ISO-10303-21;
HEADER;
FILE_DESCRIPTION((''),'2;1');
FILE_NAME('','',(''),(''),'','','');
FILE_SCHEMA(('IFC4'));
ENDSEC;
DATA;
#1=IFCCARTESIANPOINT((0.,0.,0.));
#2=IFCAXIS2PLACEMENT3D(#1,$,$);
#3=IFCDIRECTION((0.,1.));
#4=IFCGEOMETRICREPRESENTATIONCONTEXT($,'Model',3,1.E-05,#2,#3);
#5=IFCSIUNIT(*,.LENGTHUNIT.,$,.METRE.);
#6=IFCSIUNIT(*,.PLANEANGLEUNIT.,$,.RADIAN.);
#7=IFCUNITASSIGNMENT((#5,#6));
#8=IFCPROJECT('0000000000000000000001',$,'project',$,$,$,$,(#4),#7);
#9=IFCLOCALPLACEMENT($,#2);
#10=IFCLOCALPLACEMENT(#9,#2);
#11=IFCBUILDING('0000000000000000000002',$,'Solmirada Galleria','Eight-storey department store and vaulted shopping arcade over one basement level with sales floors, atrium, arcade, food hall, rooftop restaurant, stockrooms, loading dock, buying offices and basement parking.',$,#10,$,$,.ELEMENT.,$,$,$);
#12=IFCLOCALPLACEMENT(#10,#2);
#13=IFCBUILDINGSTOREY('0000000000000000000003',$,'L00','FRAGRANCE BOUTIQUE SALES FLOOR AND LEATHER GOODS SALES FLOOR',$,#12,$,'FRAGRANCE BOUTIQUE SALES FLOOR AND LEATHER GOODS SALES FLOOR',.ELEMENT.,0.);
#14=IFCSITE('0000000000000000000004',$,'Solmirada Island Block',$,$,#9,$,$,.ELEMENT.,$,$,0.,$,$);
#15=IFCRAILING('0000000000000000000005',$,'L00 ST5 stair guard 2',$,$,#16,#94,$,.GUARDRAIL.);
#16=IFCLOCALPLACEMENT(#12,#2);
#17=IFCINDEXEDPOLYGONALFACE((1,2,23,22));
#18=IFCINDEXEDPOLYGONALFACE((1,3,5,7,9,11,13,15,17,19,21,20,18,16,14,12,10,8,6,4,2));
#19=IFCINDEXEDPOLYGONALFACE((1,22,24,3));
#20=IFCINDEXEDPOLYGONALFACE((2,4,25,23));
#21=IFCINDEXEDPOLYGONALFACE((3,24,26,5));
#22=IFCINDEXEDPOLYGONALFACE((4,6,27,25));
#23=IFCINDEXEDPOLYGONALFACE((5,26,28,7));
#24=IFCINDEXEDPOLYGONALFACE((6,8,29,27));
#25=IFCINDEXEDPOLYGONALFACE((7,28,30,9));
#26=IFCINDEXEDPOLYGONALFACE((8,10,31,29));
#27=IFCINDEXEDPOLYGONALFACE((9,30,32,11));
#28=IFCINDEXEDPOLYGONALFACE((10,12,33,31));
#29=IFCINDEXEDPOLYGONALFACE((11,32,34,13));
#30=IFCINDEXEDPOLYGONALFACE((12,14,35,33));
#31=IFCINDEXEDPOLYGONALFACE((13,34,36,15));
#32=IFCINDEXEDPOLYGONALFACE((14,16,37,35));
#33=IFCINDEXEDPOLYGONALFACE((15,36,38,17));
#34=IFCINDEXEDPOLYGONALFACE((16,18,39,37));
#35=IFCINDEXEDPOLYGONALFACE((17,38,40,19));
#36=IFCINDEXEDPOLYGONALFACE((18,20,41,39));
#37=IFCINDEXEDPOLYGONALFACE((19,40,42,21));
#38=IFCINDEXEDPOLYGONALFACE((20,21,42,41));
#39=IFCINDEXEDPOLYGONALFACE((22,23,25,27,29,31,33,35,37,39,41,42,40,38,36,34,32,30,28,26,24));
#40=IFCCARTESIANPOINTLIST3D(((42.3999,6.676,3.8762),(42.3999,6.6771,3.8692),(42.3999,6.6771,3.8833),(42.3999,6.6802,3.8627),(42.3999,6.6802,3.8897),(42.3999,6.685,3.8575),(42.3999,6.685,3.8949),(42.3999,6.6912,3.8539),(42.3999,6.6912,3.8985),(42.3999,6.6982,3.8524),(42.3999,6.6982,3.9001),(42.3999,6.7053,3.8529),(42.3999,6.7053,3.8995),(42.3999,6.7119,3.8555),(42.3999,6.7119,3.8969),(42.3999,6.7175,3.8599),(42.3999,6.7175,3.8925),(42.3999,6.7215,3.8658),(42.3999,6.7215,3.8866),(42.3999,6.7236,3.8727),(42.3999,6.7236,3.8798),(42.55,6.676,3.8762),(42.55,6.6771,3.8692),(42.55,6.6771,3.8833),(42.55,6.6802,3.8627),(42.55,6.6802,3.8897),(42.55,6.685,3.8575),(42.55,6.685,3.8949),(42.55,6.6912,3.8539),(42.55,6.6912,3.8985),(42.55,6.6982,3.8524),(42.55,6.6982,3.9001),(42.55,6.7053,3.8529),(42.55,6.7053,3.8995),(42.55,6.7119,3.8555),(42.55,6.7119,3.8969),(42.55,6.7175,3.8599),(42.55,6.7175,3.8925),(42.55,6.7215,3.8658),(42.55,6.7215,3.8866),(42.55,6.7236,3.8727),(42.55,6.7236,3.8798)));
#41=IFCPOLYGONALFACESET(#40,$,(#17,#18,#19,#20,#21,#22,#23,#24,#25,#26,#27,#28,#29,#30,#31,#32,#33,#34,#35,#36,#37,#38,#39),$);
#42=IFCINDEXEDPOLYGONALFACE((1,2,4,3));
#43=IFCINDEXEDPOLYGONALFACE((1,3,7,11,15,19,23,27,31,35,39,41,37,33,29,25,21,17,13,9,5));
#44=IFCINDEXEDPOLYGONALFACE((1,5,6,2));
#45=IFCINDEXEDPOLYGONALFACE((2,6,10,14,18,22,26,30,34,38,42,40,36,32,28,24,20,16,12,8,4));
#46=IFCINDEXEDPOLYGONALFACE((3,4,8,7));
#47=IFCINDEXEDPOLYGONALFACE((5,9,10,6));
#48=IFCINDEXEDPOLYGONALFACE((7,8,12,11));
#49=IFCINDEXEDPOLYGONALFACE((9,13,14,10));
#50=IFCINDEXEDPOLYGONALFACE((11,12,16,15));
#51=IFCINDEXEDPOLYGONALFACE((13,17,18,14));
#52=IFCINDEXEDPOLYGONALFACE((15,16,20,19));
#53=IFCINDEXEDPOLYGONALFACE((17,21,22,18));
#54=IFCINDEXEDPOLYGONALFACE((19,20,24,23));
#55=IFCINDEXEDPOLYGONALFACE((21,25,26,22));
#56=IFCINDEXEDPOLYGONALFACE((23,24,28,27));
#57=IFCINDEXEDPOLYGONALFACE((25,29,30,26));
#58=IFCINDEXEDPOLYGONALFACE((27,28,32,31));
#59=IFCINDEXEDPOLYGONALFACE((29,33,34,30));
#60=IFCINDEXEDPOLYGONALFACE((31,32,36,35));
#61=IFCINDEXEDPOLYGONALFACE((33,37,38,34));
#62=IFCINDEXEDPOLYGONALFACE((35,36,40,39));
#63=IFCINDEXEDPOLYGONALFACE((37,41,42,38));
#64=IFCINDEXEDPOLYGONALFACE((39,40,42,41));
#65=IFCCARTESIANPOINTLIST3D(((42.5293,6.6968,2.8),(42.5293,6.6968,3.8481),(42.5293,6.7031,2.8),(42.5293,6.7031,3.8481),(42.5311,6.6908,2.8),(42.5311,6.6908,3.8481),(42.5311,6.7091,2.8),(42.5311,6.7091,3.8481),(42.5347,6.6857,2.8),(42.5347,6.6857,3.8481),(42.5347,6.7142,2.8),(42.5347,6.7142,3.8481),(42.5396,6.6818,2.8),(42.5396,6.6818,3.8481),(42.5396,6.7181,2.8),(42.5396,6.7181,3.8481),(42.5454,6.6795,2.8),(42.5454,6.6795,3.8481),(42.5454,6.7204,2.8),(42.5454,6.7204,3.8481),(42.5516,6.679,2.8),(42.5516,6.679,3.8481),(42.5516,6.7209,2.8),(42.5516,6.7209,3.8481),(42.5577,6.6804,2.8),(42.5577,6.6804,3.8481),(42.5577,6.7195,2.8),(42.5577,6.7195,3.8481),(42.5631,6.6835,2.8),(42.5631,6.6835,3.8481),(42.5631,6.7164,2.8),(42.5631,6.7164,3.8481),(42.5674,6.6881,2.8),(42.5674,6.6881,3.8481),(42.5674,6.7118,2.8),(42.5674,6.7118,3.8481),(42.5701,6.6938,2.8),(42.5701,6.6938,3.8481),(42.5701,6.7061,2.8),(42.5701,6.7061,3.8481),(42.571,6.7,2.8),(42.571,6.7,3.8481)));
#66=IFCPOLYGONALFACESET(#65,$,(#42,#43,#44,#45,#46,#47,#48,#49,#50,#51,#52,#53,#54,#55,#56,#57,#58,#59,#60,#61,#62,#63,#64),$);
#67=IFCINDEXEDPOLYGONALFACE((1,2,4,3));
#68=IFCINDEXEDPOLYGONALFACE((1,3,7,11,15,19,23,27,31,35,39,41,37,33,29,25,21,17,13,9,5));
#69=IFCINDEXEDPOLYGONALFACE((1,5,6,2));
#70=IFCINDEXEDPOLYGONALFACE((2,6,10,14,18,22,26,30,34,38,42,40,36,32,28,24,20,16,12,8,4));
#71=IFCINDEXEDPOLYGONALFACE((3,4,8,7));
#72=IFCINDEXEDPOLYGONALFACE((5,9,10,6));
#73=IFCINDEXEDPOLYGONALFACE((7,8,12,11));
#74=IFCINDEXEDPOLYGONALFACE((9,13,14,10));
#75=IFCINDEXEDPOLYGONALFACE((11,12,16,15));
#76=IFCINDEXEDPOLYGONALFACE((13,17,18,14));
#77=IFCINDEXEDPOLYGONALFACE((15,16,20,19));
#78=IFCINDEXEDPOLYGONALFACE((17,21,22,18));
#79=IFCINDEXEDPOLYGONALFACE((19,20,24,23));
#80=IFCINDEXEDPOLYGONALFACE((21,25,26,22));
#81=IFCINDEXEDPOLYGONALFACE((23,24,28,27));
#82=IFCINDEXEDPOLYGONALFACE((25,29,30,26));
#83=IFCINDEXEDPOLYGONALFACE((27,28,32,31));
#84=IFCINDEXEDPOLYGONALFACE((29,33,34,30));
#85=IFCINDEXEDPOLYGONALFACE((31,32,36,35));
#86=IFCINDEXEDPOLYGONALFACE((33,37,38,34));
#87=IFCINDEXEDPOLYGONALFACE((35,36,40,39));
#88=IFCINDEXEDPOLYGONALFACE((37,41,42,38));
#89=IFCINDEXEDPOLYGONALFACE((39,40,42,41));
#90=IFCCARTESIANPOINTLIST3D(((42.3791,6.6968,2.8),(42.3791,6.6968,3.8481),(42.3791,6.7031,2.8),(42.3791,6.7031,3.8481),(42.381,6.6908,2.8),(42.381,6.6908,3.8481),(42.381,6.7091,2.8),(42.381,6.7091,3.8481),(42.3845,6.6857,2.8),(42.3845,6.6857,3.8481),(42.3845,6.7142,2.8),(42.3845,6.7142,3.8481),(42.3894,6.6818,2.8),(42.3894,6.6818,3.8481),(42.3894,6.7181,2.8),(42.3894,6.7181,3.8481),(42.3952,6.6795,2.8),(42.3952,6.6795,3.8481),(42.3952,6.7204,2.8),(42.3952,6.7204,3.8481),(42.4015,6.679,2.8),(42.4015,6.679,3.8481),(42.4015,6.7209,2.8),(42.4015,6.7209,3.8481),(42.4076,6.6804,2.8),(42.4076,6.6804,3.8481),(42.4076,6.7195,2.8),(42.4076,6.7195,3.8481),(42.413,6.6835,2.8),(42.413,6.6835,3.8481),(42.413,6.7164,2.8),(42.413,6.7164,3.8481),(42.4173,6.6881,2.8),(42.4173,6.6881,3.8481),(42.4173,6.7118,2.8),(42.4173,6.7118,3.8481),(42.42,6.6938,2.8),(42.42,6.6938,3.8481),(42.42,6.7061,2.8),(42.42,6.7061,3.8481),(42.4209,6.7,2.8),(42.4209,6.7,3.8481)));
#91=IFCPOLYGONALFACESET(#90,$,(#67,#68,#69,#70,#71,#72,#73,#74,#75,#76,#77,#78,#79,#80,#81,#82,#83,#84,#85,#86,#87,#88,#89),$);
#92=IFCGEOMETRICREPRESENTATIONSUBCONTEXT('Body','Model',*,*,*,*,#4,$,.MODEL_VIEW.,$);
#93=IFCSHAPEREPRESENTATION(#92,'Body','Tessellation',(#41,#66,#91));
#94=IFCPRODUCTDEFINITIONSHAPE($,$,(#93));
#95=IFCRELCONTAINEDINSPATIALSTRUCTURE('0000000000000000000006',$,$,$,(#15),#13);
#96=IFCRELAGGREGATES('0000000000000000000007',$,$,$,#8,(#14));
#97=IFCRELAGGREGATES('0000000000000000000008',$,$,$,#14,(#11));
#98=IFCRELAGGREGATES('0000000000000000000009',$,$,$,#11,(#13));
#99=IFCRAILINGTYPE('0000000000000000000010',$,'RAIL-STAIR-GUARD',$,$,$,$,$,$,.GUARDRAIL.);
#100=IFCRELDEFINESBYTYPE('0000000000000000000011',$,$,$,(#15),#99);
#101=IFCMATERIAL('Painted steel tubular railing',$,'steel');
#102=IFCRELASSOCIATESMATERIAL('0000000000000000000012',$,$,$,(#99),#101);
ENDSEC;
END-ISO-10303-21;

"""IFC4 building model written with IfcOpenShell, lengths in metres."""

from ifc_helpers import new_model, si_unit, direction, frame, origin, origin_2d, place, context, subcontext, project, spatial, circle, extrude, material, type_object, element, save


model = new_model("IFC4")

# Units and contexts
model_context = context("Model", 3, precision=1e-05, world=origin(), true_north=direction((0.0, 1.0)))
body_context = subcontext(model_context, "Body", "Model", "MODEL_VIEW")
ifc_project = project(units=[si_unit("LENGTHUNIT", "METRE"), si_unit("PLANEANGLEUNIT", "RADIAN")], contexts=[model_context])

# Site, building, storey
site_placement = place(None, origin())
site = spatial("IfcSite", under=ifc_project, at=site_placement, Name="Solmirada Island Block", CompositionType="ELEMENT", RefElevation=0.0)
building_placement = place(site_placement, origin())
building = spatial("IfcBuilding", under=site, at=building_placement, Name="Solmirada Galleria", Description="Eight-storey department store and vaulted shopping arcade over one basement level with sales floors, atrium, arcade, food hall, rooftop restaurant, stockrooms, loading dock, buying offices and basement parking.", CompositionType="ELEMENT")
storey_placement = place(building_placement, origin())
storey = spatial("IfcBuildingStorey", under=building, at=storey_placement, Name="L00", Description="FRAGRANCE BOUTIQUE SALES FLOOR AND LEATHER GOODS SALES FLOOR", LongName="FRAGRANCE BOUTIQUE SALES FLOOR AND LEATHER GOODS SALES FLOOR", CompositionType="ELEMENT", Elevation=0.0)

# Railing
ifc_material_1 = material(Name="Painted steel tubular railing", Category="steel")
railing_type_1 = type_object("IfcRailingType", Name="RAIL-STAIR-GUARD", PredefinedType="GUARDRAIL", material=ifc_material_1)
railing_1_placement = place(storey_placement, frame((42.55, 6.7, 2.8)))
element("IfcRailing", 1, at=railing_1_placement, inside=storey, type_object=railing_type_1, Name="L00 ST5 stair guard 2", PredefinedType="GUARDRAIL", context=body_context, shape_type="SweptSolid", body=[
    extrude(circle(Radius=0.0239, at=origin_2d()), frame((0.0, 0.0, 1.0762), z_axis=(-1.0, 0.0, 0.0), x_axis=(0.0, -1.0, 0.0)), (0.0, 0.0, 1.0), 0.1501),
    extrude(circle(Radius=0.021, at=origin_2d()), origin(), (0.0, 0.0, 1.0), 1.0481),
    extrude(circle(Radius=0.021, at=origin_2d()), frame((-0.1501, 0.0, 0.0)), (0.0, 0.0, 1.0), 1.0481),
])

save(model, "model.ifc")
